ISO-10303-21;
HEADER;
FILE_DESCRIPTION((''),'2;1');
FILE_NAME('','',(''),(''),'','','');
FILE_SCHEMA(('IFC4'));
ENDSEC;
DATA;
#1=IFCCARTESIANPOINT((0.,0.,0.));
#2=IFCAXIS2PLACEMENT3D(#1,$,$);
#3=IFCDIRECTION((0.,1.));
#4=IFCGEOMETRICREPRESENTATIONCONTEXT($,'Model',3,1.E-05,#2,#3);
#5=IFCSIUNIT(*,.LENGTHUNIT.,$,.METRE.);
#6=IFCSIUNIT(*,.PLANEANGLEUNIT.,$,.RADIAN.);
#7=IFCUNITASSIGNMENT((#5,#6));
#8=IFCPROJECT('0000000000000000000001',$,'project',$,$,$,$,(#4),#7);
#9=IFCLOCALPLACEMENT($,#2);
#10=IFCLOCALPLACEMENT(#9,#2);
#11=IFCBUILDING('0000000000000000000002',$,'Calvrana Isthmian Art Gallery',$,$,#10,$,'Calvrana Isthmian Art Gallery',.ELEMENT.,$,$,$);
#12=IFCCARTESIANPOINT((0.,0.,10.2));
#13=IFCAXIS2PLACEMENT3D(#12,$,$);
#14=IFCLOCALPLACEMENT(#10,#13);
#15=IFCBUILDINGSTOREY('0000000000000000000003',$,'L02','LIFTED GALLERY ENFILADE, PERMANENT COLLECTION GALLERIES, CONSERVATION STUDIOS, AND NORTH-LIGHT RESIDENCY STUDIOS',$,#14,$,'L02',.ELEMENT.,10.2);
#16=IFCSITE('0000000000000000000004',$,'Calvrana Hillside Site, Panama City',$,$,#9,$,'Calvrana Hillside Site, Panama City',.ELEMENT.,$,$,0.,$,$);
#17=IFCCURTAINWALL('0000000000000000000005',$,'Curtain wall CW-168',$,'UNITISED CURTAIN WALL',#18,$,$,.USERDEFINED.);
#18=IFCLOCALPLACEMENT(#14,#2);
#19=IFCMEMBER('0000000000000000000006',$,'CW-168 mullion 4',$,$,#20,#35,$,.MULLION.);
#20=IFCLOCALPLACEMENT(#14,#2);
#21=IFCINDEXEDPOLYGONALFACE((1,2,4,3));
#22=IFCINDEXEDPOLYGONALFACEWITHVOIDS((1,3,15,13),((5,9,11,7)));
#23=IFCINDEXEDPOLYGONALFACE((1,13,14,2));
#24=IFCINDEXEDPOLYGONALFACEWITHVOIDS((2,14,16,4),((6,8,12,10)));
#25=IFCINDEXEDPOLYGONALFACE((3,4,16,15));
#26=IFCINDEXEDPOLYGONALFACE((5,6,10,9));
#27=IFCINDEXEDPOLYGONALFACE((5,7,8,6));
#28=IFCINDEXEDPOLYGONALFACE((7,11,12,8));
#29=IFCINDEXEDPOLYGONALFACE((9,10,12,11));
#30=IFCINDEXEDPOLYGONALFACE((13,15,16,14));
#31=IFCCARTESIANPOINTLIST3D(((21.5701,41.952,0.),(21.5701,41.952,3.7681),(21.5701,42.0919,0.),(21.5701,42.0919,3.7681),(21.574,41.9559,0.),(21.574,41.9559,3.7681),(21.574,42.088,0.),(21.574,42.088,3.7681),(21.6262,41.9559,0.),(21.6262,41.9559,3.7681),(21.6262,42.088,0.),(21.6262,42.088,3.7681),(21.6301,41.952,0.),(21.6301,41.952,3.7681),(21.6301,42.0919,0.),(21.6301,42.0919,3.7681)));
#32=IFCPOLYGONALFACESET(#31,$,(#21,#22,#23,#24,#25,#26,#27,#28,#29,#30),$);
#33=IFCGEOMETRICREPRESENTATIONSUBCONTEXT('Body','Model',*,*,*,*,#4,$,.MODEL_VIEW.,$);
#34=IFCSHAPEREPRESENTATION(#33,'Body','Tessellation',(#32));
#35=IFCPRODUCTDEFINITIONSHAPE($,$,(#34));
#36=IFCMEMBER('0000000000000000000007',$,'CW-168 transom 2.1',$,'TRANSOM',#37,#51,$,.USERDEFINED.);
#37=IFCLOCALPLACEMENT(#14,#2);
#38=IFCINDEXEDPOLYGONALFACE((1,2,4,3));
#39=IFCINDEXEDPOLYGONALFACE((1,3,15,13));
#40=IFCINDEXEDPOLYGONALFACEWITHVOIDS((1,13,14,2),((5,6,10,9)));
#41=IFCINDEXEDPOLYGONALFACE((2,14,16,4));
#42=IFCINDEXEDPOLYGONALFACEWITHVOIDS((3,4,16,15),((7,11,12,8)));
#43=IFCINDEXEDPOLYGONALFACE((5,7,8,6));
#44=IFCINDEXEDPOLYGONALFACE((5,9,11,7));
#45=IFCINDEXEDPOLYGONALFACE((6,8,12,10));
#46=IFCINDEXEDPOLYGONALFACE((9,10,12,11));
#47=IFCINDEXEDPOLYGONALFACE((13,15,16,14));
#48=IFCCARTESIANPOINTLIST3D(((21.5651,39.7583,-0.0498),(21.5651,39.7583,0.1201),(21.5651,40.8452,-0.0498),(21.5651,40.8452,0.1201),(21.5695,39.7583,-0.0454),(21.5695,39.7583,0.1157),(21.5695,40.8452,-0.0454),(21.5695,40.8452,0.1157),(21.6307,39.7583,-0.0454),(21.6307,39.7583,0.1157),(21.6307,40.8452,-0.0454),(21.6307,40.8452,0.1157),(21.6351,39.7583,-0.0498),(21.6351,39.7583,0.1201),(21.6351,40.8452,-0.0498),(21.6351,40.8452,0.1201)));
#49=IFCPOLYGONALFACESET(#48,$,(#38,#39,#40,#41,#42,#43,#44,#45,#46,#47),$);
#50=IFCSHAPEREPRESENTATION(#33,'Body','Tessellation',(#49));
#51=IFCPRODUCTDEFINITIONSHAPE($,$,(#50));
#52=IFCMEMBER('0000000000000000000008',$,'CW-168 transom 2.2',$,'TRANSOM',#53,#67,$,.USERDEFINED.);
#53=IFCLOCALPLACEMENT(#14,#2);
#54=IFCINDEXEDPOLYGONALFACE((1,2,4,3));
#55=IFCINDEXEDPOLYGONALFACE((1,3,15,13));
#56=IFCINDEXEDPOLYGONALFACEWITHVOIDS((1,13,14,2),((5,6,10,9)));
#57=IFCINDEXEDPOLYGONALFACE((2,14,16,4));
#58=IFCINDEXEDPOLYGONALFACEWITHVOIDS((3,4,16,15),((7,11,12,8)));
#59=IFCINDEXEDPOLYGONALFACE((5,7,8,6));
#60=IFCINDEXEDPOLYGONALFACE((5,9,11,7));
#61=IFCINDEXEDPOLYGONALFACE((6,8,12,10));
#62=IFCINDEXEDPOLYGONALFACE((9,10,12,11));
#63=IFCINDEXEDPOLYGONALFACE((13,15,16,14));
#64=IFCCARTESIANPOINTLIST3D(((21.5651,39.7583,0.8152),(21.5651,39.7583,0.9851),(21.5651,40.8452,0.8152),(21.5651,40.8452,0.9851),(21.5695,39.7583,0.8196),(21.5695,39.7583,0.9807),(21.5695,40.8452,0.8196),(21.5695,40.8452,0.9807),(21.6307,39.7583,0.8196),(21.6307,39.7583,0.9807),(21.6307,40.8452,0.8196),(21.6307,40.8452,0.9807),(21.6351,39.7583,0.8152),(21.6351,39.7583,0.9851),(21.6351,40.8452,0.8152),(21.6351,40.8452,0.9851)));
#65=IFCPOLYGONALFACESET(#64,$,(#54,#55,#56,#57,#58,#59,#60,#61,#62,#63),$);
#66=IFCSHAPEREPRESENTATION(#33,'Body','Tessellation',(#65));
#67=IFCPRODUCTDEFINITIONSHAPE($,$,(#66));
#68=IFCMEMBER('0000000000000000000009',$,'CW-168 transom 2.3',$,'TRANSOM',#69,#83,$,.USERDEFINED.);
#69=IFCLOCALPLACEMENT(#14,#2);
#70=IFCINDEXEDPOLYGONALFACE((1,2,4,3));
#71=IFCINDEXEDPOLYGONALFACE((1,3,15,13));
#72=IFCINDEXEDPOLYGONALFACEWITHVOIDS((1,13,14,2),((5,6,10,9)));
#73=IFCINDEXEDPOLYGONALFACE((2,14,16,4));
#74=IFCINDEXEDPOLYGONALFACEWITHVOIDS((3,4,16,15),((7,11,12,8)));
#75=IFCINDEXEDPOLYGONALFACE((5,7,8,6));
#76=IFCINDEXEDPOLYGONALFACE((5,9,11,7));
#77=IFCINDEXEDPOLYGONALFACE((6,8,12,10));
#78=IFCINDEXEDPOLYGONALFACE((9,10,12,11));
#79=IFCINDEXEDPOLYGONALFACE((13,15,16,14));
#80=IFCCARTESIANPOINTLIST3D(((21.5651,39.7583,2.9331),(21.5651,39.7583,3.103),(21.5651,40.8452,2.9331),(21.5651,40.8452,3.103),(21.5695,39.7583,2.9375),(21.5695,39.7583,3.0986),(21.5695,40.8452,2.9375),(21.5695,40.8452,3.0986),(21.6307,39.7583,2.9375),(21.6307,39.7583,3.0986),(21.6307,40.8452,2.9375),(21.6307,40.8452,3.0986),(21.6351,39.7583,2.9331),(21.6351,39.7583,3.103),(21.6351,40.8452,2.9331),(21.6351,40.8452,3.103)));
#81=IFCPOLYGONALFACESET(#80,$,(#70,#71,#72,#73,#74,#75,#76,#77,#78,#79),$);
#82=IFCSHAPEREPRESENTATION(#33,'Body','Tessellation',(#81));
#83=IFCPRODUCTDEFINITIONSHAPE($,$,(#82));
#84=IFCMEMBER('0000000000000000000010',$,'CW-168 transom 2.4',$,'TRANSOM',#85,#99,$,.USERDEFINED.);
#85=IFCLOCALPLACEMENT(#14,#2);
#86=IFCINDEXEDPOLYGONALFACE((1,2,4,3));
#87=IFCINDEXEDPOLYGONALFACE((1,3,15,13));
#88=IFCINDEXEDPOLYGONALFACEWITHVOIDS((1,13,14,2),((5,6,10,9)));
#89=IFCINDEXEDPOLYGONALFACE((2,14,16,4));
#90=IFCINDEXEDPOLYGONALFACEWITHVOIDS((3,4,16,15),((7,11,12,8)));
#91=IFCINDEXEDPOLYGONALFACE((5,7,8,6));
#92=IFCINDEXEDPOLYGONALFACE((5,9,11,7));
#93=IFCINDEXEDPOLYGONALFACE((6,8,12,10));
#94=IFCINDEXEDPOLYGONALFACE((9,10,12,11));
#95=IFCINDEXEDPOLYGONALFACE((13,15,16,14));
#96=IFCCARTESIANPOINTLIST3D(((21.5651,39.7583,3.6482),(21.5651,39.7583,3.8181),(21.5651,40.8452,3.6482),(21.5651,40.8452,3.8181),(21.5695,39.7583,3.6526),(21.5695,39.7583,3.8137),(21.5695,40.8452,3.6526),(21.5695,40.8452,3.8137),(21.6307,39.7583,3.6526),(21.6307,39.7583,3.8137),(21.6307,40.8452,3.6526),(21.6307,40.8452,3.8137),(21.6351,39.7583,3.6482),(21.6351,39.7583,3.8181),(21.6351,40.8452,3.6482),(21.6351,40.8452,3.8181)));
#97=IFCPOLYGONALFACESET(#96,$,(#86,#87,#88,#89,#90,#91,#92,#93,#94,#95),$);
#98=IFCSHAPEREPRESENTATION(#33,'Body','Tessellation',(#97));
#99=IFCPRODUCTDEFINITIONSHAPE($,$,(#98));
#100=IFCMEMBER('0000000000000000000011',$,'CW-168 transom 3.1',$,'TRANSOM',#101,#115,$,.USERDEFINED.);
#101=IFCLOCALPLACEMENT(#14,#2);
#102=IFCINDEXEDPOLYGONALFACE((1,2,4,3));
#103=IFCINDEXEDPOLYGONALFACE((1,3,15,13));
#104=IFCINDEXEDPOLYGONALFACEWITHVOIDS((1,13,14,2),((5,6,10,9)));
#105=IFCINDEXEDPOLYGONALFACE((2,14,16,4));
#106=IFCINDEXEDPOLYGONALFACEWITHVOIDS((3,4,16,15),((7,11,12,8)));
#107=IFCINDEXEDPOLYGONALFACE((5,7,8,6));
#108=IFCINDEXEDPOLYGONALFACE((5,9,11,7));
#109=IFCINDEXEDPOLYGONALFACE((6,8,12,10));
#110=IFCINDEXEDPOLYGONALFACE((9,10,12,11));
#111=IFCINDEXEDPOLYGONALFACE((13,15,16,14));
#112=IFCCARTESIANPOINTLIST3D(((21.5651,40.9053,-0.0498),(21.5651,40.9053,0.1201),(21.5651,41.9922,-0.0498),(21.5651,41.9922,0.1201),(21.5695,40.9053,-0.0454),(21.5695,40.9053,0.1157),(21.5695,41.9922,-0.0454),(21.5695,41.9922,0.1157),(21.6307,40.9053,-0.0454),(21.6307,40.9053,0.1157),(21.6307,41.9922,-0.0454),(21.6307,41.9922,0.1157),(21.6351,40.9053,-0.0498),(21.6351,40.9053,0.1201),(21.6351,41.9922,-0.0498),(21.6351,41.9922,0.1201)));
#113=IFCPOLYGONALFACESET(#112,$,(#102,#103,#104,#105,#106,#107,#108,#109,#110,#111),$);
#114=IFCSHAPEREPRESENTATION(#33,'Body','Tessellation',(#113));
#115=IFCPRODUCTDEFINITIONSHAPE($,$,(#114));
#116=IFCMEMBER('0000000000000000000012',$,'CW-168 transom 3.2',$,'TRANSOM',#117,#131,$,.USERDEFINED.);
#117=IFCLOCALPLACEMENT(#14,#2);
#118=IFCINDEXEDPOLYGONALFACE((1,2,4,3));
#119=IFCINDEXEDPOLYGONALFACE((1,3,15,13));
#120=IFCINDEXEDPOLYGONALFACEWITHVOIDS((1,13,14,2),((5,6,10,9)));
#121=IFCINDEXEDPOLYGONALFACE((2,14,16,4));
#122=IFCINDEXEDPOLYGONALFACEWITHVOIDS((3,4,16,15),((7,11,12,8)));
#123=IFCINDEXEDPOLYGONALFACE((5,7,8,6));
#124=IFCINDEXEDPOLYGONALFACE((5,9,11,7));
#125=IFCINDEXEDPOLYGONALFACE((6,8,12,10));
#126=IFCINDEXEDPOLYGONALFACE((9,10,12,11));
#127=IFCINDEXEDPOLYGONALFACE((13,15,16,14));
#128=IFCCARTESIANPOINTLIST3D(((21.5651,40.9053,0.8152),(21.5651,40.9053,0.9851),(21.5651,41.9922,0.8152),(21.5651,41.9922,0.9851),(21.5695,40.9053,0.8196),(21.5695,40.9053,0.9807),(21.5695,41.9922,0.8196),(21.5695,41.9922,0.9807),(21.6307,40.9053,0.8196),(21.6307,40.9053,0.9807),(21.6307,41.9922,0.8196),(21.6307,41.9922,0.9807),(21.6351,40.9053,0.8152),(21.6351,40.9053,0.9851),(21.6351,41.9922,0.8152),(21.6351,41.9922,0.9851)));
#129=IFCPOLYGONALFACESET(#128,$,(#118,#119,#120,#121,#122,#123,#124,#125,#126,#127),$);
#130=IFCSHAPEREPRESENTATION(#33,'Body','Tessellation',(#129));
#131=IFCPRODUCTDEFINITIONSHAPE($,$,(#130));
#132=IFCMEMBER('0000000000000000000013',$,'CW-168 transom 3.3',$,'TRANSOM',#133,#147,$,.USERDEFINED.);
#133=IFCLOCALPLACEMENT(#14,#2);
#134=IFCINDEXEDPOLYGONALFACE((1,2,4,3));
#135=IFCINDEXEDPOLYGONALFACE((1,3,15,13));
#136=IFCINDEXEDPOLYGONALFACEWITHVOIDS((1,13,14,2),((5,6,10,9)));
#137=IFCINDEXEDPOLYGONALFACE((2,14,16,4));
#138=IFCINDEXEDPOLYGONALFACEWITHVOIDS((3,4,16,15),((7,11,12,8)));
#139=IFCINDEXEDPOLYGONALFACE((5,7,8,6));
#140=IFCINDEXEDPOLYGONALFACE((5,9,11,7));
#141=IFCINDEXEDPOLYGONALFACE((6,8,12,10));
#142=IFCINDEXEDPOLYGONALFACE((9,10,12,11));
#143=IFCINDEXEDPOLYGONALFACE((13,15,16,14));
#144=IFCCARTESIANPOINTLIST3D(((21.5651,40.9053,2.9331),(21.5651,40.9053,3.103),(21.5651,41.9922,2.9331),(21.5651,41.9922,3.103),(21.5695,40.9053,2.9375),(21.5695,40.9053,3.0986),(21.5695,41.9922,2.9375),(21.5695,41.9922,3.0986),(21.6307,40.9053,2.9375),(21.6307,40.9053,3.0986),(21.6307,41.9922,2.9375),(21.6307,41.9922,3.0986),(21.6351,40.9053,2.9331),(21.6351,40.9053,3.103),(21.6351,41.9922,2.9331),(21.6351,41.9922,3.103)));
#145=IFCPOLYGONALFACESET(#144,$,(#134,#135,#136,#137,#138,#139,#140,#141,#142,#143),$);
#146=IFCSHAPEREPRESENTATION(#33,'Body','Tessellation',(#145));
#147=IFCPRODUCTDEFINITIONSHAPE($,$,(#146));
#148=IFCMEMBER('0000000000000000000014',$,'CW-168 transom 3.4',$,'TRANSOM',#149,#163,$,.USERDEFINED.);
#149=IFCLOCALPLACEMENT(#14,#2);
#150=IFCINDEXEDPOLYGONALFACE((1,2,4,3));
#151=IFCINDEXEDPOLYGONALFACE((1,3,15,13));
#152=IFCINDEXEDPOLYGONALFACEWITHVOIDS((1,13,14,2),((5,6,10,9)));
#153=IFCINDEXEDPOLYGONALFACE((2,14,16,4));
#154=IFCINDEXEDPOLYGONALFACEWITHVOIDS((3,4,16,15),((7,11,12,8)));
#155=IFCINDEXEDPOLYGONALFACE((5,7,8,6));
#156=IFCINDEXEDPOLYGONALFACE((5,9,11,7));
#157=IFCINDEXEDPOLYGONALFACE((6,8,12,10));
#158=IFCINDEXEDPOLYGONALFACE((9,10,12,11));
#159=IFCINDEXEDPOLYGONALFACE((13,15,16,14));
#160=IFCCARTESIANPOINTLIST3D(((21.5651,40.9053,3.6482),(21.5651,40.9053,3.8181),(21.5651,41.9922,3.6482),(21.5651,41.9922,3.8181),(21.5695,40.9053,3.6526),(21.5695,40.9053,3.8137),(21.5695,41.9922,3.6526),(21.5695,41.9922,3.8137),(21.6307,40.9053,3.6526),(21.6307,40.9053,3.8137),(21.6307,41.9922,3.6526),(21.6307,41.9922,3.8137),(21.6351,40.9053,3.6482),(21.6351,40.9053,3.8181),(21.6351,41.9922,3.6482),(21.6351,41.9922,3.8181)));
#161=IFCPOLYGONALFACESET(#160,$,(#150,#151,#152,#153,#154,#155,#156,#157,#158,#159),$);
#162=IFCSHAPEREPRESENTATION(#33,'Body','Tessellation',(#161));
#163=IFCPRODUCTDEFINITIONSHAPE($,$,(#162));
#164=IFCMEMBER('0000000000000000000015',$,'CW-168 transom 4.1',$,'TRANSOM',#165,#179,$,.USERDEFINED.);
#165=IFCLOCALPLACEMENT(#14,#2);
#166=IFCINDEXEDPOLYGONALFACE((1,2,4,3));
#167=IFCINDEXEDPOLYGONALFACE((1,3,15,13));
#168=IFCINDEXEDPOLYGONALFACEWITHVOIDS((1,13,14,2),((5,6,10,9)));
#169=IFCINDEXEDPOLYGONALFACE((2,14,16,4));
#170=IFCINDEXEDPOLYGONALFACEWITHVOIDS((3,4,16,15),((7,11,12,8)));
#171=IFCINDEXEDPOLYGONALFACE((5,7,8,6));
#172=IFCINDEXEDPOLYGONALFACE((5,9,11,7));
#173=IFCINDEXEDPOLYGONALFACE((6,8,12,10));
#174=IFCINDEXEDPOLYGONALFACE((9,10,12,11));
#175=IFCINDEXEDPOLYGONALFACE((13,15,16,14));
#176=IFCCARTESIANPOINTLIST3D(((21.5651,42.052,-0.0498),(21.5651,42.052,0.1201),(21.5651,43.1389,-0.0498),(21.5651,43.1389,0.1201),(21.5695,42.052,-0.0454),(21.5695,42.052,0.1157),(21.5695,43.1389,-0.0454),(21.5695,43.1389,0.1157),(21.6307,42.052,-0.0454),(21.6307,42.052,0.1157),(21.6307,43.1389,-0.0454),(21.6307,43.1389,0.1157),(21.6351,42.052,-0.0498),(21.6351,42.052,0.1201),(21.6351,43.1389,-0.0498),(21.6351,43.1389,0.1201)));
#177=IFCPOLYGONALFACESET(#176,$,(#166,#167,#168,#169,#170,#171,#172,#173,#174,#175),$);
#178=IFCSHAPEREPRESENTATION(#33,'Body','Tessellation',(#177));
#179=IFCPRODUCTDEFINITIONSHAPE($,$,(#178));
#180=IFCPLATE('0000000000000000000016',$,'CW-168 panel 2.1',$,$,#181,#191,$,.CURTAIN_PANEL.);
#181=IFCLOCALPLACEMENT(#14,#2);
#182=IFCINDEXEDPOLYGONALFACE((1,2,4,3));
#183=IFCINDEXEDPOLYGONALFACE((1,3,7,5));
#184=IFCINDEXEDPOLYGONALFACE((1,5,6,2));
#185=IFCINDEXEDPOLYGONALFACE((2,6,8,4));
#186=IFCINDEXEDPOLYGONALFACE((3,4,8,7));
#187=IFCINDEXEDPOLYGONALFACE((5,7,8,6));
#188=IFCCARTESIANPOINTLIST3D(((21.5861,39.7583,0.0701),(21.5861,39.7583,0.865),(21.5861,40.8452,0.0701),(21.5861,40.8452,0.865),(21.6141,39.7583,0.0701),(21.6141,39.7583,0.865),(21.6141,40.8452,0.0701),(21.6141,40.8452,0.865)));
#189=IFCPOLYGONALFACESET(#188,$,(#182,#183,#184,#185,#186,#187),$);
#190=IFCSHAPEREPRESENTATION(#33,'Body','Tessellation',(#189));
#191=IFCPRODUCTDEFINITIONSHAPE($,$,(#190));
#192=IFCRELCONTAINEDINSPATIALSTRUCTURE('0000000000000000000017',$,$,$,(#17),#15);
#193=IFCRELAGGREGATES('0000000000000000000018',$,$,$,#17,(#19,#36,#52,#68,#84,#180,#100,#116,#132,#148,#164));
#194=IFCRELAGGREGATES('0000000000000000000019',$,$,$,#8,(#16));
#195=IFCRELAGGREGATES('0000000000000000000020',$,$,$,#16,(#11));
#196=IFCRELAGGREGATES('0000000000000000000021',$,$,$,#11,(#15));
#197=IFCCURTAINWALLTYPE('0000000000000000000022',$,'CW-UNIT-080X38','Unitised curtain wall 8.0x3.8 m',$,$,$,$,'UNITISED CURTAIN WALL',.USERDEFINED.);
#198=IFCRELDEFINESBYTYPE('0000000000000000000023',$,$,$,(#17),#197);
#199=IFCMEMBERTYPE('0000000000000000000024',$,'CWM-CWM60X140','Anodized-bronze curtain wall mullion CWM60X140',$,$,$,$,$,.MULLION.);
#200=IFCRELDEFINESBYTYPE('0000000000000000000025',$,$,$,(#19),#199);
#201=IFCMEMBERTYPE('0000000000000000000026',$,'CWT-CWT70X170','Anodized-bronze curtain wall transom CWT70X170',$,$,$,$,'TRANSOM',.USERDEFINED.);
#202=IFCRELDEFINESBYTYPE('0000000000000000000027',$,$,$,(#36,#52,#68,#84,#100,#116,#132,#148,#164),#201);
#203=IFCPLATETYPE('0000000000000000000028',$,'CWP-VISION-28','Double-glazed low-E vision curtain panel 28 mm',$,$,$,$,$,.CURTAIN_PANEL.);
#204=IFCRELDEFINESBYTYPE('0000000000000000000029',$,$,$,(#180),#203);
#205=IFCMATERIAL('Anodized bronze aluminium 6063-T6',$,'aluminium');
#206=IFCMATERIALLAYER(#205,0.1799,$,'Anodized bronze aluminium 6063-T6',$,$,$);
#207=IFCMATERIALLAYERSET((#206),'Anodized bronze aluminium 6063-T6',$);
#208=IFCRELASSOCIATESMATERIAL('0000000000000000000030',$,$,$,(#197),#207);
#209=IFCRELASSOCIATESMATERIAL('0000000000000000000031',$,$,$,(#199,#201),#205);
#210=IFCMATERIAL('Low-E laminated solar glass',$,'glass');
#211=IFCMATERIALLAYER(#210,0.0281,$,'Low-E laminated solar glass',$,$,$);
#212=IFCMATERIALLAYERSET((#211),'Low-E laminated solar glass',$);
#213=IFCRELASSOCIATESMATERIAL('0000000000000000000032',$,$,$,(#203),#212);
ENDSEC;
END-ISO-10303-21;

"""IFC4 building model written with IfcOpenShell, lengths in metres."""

from ifc_helpers import new_model, si_unit, direction, frame, origin, origin_2d, place, context, subcontext, project, spatial, rectangle, hollow_rectangle, extrude, material, layer, layer_set, material_profile, profile_set, type_object, element, aggregate, save


model = new_model("IFC4")

# Units and contexts
model_context = context("Model", 3, precision=1e-05, world=origin(), true_north=direction((0.0, 1.0)))
body_context = subcontext(model_context, "Body", "Model", "MODEL_VIEW")
ifc_project = project(units=[si_unit("LENGTHUNIT", "METRE"), si_unit("PLANEANGLEUNIT", "RADIAN")], contexts=[model_context])

# Site, building, storey
site_placement = place(None, origin())
site = spatial("IfcSite", under=ifc_project, at=site_placement, Name="Calvrana Hillside Site, Panama City", LongName="Calvrana Hillside Site, Panama City", CompositionType="ELEMENT", RefElevation=0.0)
building_placement = place(site_placement, origin())
building = spatial("IfcBuilding", under=site, at=building_placement, Name="Calvrana Isthmian Art Gallery", LongName="Calvrana Isthmian Art Gallery", CompositionType="ELEMENT")
storey_placement = place(building_placement, frame((0.0, 0.0, 10.2)))
storey = spatial("IfcBuildingStorey", under=building, at=storey_placement, Name="L02", Description="LIFTED GALLERY ENFILADE, PERMANENT COLLECTION GALLERIES, CONSERVATION STUDIOS, AND NORTH-LIGHT RESIDENCY STUDIOS", LongName="L02", CompositionType="ELEMENT", Elevation=10.2)

# Curtain wall, members, plate
ifc_material_1 = material(Name="Anodized bronze aluminium 6063-T6", Category="aluminium")
ifc_layer_1 = layer(ifc_material_1, 0.1799, Name="Anodized bronze aluminium 6063-T6")
ifc_layer_set_1 = layer_set([ifc_layer_1], Name="Anodized bronze aluminium 6063-T6")
curtain_wall_type = type_object("IfcCurtainWallType", Name="CW-UNIT-080X38", Description="Unitised curtain wall 8.0x3.8 m", ElementType="UNITISED CURTAIN WALL", PredefinedType="USERDEFINED", material=ifc_layer_set_1)
curtain_wall_placement = place(storey_placement, origin())
curtain_wall = element("IfcCurtainWall", 1, at=curtain_wall_placement, inside=storey, type_object=curtain_wall_type, Name="Curtain wall CW-168", ObjectType="UNITISED CURTAIN WALL", PredefinedType="USERDEFINED")
ifc_material_profile_1 = material_profile(ifc_material_1, hollow_rectangle(XDim=0.0601, YDim=0.1399, WallThickness=0.0039, at=origin_2d()), Name="CWM60X140")
ifc_profile_set_1 = profile_set([ifc_material_profile_1], Name="Anodized bronze aluminium 6063-T6")
member_type_1 = type_object("IfcMemberType", Name="CWM-CWM60X140", Description="Anodized-bronze curtain wall mullion CWM60X140", PredefinedType="MULLION", material=ifc_profile_set_1)
member_1_placement = place(storey_placement, frame((21.6001, 42.022, 0.0), z_axis=(0.0, 0.0, 1.0), x_axis=(-1.0, 0.0, 0.0)))
member_1 = element("IfcMember", 2, at=member_1_placement, type_object=member_type_1, Name="CW-168 mullion 4", PredefinedType="MULLION", context=body_context, shape_type="SweptSolid", body=[
    extrude(hollow_rectangle(XDim=0.0601, YDim=0.1399, WallThickness=0.0039, at=origin_2d()), origin(), (0.0, 0.0, 1.0), 3.7681),
])
ifc_material_profile_2 = material_profile(ifc_material_1, hollow_rectangle(XDim=0.0701, YDim=0.1699, WallThickness=0.0044, at=origin_2d()), Name="CWT70X170")
ifc_profile_set_2 = profile_set([ifc_material_profile_2], Name="Anodized bronze aluminium 6063-T6")
member_type_2 = type_object("IfcMemberType", Name="CWT-CWT70X170", Description="Anodized-bronze curtain wall transom CWT70X170", ElementType="TRANSOM", PredefinedType="USERDEFINED", material=ifc_profile_set_2)
member_2_placement = place(storey_placement, frame((21.6001, 39.7583, 0.0352), z_axis=(0.0, 1.0, 0.0), x_axis=(-1.0, 0.0, 0.0)))
member_2 = element("IfcMember", 3, at=member_2_placement, type_object=member_type_2, Name="CW-168 transom 2.1", ObjectType="TRANSOM", PredefinedType="USERDEFINED", context=body_context, shape_type="SweptSolid", body=[
    extrude(hollow_rectangle(XDim=0.0701, YDim=0.1699, WallThickness=0.0044, at=origin_2d()), origin(), (0.0, 0.0, 1.0), 1.0869),
])
member_3_placement = place(storey_placement, frame((21.6001, 39.7583, 0.9001), z_axis=(0.0, 1.0, 0.0), x_axis=(-1.0, 0.0, 0.0)))
member_3 = element("IfcMember", 4, at=member_3_placement, type_object=member_type_2, Name="CW-168 transom 2.2", ObjectType="TRANSOM", PredefinedType="USERDEFINED", context=body_context, shape_type="SweptSolid", body=[
    extrude(hollow_rectangle(XDim=0.0701, YDim=0.1699, WallThickness=0.0044, at=origin_2d()), origin(), (0.0, 0.0, 1.0), 1.0869),
])
member_4_placement = place(storey_placement, frame((21.6001, 39.7583, 3.0181), z_axis=(0.0, 1.0, 0.0), x_axis=(-1.0, 0.0, 0.0)))
member_4 = element("IfcMember", 5, at=member_4_placement, type_object=member_type_2, Name="CW-168 transom 2.3", ObjectType="TRANSOM", PredefinedType="USERDEFINED", context=body_context, shape_type="SweptSolid", body=[
    extrude(hollow_rectangle(XDim=0.0701, YDim=0.1699, WallThickness=0.0044, at=origin_2d()), origin(), (0.0, 0.0, 1.0), 1.0869),
])
member_5_placement = place(storey_placement, frame((21.6001, 39.7583, 3.7332), z_axis=(0.0, 1.0, 0.0), x_axis=(-1.0, 0.0, 0.0)))
member_5 = element("IfcMember", 6, at=member_5_placement, type_object=member_type_2, Name="CW-168 transom 2.4", ObjectType="TRANSOM", PredefinedType="USERDEFINED", context=body_context, shape_type="SweptSolid", body=[
    extrude(hollow_rectangle(XDim=0.0701, YDim=0.1699, WallThickness=0.0044, at=origin_2d()), origin(), (0.0, 0.0, 1.0), 1.0869),
])
member_6_placement = place(storey_placement, frame((21.6001, 40.9053, 0.0352), z_axis=(0.0, 1.0, 0.0), x_axis=(-1.0, 0.0, 0.0)))
member_6 = element("IfcMember", 7, at=member_6_placement, type_object=member_type_2, Name="CW-168 transom 3.1", ObjectType="TRANSOM", PredefinedType="USERDEFINED", context=body_context, shape_type="SweptSolid", body=[
    extrude(hollow_rectangle(XDim=0.0701, YDim=0.1699, WallThickness=0.0044, at=origin_2d()), origin(), (0.0, 0.0, 1.0), 1.0869),
])
member_7_placement = place(storey_placement, frame((21.6001, 40.9053, 0.9001), z_axis=(0.0, 1.0, 0.0), x_axis=(-1.0, 0.0, 0.0)))
member_7 = element("IfcMember", 8, at=member_7_placement, type_object=member_type_2, Name="CW-168 transom 3.2", ObjectType="TRANSOM", PredefinedType="USERDEFINED", context=body_context, shape_type="SweptSolid", body=[
    extrude(hollow_rectangle(XDim=0.0701, YDim=0.1699, WallThickness=0.0044, at=origin_2d()), origin(), (0.0, 0.0, 1.0), 1.0869),
])
member_8_placement = place(storey_placement, frame((21.6001, 40.9053, 3.0181), z_axis=(0.0, 1.0, 0.0), x_axis=(-1.0, 0.0, 0.0)))
member_8 = element("IfcMember", 9, at=member_8_placement, type_object=member_type_2, Name="CW-168 transom 3.3", ObjectType="TRANSOM", PredefinedType="USERDEFINED", context=body_context, shape_type="SweptSolid", body=[
    extrude(hollow_rectangle(XDim=0.0701, YDim=0.1699, WallThickness=0.0044, at=origin_2d()), origin(), (0.0, 0.0, 1.0), 1.0869),
])
member_9_placement = place(storey_placement, frame((21.6001, 40.9053, 3.7332), z_axis=(0.0, 1.0, 0.0), x_axis=(-1.0, 0.0, 0.0)))
member_9 = element("IfcMember", 10, at=member_9_placement, type_object=member_type_2, Name="CW-168 transom 3.4", ObjectType="TRANSOM", PredefinedType="USERDEFINED", context=body_context, shape_type="SweptSolid", body=[
    extrude(hollow_rectangle(XDim=0.0701, YDim=0.1699, WallThickness=0.0044, at=origin_2d()), origin(), (0.0, 0.0, 1.0), 1.0869),
])
member_10_placement = place(storey_placement, frame((21.6001, 42.052, 0.0352), z_axis=(0.0, 1.0, 0.0), x_axis=(-1.0, 0.0, 0.0)))
member_10 = element("IfcMember", 11, at=member_10_placement, type_object=member_type_2, Name="CW-168 transom 4.1", ObjectType="TRANSOM", PredefinedType="USERDEFINED", context=body_context, shape_type="SweptSolid", body=[
    extrude(hollow_rectangle(XDim=0.0701, YDim=0.1699, WallThickness=0.0044, at=origin_2d()), origin(), (0.0, 0.0, 1.0), 1.0869),
])
ifc_material_2 = material(Name="Low-E laminated solar glass", Category="glass")
ifc_layer_2 = layer(ifc_material_2, 0.0281, Name="Low-E laminated solar glass")
ifc_layer_set_2 = layer_set([ifc_layer_2], Name="Low-E laminated solar glass")
plate_type = type_object("IfcPlateType", Name="CWP-VISION-28", Description="Double-glazed low-E vision curtain panel 28 mm", PredefinedType="CURTAIN_PANEL", material=ifc_layer_set_2)
plate_1_placement = place(storey_placement, frame((21.6001, 40.3018, 0.0701), z_axis=(0.0, 0.0, 1.0), x_axis=(0.0, 1.0, 0.0)))
plate_1 = element("IfcPlate", 12, at=plate_1_placement, type_object=plate_type, Name="CW-168 panel 2.1", PredefinedType="CURTAIN_PANEL", context=body_context, shape_type="SweptSolid", body=[
    extrude(rectangle(XDim=1.0869, YDim=0.0281, at=origin_2d()), origin(), (0.0, 0.0, 1.0), 0.7949),
])
aggregate(curtain_wall, [member_1, member_2, member_3, member_4, member_5, plate_1, member_6, member_7, member_8, member_9, member_10])

save(model, "model.ifc")
